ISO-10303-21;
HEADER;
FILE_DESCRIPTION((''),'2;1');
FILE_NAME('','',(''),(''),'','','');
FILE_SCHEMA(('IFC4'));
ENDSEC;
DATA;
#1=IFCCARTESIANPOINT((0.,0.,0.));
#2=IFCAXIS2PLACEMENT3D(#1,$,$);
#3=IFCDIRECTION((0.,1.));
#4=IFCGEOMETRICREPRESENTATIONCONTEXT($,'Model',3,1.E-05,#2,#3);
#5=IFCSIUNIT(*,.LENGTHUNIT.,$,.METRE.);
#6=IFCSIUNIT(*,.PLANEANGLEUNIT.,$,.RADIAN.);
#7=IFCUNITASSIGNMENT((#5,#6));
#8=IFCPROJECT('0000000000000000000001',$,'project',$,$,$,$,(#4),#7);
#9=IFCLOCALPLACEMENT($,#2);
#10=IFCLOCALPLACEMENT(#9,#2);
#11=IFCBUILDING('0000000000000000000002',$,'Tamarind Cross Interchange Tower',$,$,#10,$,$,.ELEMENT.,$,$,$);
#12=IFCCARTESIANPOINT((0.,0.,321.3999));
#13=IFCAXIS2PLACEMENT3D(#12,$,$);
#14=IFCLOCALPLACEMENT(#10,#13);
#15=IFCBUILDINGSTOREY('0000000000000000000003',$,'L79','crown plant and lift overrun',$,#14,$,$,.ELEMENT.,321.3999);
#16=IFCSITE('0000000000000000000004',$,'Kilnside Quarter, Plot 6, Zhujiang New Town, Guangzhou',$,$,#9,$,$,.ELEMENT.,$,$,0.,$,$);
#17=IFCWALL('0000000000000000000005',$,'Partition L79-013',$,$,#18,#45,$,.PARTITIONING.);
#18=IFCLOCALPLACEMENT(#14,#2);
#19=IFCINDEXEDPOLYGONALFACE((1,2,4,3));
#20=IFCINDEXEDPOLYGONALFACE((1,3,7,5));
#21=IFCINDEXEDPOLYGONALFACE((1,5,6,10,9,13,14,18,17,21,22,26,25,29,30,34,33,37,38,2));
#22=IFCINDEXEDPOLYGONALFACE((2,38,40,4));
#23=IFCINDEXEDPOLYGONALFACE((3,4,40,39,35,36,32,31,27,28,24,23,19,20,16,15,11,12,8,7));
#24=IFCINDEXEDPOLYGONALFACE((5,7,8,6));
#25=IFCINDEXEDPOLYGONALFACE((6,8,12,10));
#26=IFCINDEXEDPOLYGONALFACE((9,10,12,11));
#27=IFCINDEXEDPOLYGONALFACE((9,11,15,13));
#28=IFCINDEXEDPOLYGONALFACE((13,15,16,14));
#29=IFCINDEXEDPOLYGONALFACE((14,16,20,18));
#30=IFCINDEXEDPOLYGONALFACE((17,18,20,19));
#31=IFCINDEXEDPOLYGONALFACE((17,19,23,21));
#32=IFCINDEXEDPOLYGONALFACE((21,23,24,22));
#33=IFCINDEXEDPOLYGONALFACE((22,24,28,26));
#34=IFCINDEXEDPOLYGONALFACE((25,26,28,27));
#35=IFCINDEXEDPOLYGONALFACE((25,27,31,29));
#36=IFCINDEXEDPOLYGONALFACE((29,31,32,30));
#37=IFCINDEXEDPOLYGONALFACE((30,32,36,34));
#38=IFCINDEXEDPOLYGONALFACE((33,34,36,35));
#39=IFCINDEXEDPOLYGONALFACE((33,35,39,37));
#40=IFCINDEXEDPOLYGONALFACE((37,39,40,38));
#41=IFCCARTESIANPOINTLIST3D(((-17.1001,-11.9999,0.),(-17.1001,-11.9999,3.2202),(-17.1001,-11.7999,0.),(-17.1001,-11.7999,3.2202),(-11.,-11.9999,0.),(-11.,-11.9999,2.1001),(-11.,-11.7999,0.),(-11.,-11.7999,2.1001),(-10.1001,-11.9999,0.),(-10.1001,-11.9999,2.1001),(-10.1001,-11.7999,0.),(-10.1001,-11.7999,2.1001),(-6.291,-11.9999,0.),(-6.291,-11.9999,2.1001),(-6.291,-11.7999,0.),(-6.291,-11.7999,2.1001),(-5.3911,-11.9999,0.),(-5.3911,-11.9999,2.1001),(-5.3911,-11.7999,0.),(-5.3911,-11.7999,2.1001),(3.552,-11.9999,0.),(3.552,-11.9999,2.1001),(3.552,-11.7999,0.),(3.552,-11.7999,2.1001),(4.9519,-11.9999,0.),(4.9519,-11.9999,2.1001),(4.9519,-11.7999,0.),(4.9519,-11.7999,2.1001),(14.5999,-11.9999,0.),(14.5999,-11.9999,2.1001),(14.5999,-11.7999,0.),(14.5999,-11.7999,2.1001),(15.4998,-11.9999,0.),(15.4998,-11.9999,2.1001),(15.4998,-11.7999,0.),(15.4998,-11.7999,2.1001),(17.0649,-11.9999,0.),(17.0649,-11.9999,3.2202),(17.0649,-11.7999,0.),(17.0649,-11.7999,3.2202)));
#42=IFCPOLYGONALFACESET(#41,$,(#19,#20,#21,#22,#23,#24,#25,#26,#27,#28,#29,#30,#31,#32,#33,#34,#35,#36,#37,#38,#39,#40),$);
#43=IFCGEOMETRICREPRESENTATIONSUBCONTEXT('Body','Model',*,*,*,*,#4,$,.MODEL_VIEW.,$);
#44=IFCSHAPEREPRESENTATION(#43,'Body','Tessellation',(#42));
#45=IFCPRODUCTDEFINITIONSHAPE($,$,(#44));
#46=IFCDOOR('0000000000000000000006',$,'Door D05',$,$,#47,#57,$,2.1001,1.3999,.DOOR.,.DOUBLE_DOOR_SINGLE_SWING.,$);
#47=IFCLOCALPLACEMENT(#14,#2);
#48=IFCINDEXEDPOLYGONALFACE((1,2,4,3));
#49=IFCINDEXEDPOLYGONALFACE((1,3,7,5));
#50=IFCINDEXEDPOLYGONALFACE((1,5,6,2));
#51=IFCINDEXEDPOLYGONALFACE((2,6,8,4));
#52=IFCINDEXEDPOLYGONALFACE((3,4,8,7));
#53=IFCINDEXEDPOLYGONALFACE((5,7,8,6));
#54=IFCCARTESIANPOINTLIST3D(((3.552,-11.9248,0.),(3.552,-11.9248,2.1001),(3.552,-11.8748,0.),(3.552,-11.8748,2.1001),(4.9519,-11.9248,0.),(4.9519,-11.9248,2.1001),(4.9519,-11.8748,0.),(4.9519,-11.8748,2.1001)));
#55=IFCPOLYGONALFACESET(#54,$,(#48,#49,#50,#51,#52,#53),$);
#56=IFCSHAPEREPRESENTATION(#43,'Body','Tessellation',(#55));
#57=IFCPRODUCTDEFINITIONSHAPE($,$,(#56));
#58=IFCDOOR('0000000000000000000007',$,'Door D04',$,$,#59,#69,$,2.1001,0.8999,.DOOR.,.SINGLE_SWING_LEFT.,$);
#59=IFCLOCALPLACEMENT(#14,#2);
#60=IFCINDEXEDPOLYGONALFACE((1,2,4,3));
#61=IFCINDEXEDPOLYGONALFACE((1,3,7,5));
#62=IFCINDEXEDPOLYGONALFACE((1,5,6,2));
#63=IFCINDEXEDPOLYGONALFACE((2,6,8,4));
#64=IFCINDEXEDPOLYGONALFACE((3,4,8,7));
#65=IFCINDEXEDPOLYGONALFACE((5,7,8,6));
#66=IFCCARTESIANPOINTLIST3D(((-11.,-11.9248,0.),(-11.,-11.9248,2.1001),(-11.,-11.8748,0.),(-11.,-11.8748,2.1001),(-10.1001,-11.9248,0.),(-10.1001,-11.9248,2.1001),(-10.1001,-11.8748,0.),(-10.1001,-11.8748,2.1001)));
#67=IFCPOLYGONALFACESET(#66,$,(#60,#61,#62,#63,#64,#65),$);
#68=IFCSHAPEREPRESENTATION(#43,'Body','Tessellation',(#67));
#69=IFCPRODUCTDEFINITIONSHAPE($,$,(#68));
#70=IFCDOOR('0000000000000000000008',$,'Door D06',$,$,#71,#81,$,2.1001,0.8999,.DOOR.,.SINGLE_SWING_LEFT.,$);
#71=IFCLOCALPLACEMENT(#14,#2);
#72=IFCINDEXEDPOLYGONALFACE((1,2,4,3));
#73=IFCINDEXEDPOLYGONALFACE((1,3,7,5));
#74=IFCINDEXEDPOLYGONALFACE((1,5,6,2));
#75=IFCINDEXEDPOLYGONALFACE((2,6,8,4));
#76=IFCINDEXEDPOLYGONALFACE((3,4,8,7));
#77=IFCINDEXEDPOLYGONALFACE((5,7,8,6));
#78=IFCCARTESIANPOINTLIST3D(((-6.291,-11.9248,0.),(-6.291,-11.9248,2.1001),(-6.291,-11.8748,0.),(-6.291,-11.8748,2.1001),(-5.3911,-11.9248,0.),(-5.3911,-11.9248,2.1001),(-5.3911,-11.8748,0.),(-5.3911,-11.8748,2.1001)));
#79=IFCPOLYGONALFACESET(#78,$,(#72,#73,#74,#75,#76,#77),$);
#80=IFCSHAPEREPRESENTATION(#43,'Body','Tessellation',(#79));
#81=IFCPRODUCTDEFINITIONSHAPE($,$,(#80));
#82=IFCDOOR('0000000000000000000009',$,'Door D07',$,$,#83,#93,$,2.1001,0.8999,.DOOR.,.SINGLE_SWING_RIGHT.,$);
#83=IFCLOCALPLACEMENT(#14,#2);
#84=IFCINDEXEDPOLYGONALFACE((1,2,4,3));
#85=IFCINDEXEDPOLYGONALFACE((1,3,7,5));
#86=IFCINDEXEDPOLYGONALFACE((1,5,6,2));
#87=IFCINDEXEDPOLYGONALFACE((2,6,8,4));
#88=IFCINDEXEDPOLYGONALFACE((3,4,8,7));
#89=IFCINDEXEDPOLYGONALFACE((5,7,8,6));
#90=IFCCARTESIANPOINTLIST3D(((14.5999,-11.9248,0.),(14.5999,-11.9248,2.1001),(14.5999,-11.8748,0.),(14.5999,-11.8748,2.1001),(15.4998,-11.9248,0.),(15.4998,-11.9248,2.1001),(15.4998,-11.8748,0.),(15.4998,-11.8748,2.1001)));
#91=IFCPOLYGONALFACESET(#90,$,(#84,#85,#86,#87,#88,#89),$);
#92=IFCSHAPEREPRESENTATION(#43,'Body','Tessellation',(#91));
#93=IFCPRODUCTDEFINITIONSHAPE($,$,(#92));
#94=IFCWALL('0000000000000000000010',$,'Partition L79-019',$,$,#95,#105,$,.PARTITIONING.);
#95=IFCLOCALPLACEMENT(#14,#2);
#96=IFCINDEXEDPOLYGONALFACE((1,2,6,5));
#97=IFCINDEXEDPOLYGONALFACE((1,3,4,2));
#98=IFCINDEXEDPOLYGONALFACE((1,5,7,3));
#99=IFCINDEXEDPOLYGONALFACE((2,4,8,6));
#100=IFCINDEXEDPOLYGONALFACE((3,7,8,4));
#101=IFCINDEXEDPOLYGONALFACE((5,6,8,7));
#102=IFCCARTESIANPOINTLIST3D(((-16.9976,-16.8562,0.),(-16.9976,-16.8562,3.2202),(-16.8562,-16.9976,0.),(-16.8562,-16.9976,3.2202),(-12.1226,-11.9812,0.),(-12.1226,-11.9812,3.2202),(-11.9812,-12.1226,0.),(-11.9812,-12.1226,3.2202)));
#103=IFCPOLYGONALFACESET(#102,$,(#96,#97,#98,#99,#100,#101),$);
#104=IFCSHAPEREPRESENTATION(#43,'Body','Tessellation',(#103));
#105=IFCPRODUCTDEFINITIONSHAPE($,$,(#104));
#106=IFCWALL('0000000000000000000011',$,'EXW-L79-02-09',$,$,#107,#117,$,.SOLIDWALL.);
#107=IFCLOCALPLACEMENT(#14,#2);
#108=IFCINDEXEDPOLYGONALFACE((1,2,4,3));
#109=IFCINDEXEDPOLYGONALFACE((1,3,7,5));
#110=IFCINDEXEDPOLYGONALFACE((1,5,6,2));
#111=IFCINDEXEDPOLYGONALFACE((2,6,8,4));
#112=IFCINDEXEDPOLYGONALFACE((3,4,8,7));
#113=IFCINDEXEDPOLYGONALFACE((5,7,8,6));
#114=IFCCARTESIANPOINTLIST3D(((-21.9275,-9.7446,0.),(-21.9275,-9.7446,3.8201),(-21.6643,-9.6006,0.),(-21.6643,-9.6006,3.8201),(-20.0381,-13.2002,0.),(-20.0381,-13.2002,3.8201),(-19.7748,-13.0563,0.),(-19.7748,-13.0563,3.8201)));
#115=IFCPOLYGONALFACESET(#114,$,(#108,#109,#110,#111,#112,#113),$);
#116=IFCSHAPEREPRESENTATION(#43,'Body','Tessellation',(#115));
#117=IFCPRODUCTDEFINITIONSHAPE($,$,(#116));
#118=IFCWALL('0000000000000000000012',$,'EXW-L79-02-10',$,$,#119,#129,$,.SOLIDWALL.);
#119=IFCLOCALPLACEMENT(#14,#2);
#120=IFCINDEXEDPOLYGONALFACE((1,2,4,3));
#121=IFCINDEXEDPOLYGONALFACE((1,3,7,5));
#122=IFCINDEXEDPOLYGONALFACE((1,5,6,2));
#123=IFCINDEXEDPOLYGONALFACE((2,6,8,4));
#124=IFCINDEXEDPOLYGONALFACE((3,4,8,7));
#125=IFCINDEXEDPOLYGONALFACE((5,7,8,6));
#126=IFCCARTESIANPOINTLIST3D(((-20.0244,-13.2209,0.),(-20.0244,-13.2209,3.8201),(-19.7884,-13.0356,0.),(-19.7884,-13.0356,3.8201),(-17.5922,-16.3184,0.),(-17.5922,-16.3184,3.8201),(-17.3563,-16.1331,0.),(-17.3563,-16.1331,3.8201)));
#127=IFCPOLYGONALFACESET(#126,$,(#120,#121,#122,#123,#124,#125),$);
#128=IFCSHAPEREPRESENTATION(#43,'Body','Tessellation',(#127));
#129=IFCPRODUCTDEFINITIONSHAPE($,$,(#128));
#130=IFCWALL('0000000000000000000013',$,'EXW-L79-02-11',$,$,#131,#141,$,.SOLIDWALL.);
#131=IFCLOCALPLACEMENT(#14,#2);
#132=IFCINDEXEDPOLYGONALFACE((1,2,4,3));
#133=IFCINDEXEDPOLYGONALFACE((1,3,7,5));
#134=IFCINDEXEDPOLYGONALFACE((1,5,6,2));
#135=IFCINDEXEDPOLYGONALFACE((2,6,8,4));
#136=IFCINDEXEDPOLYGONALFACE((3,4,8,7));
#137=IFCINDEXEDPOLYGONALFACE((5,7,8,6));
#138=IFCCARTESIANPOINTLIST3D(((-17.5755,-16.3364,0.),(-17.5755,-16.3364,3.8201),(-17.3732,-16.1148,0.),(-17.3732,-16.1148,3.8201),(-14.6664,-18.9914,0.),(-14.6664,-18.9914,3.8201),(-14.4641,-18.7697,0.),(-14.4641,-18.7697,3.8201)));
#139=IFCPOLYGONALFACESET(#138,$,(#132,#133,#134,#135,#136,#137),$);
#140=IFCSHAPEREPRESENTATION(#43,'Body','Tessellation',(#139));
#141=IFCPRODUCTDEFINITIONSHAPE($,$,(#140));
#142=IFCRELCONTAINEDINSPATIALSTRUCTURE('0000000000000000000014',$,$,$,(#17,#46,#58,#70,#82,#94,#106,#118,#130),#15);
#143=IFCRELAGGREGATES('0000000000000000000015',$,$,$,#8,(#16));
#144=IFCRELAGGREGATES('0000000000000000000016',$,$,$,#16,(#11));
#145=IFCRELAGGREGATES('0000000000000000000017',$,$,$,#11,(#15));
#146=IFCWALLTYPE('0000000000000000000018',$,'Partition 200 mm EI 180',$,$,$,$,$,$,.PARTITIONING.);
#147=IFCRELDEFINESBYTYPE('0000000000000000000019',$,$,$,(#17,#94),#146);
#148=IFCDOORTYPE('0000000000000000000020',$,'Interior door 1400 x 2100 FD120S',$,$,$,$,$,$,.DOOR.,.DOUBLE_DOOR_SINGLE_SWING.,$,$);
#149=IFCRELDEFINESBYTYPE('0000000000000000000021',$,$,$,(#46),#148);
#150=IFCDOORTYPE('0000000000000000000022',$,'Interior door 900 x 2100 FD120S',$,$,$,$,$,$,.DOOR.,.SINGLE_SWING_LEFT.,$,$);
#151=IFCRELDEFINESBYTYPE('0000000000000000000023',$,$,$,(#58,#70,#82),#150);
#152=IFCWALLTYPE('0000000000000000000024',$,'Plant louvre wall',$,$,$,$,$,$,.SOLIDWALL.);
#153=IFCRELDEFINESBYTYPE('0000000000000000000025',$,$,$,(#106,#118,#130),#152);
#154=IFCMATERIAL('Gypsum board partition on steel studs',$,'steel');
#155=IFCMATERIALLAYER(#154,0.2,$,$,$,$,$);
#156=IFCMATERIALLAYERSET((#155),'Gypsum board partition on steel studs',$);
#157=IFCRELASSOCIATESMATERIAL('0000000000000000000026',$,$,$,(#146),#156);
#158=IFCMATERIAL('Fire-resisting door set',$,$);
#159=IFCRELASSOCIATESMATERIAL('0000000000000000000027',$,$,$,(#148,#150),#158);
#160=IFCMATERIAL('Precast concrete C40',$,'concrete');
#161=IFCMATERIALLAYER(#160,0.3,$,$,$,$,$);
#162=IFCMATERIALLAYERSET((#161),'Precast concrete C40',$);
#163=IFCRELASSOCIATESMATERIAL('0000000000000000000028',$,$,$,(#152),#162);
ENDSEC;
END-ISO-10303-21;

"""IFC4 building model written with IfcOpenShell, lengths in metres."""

from ifc_helpers import new_model, si_unit, direction, frame, frame_2d, origin, place, context, subcontext, project, spatial, rectangle, extrude, material, layer, layer_set, type_object, element, fill, save


model = new_model("IFC4")

# Units and contexts
model_context = context("Model", 3, precision=1e-05, world=origin(), true_north=direction((0.0, 1.0)))
body_context = subcontext(model_context, "Body", "Model", "MODEL_VIEW")
ifc_project = project(units=[si_unit("LENGTHUNIT", "METRE"), si_unit("PLANEANGLEUNIT", "RADIAN")], contexts=[model_context])

# Site, building, storey
site_placement = place(None, origin())
site = spatial("IfcSite", under=ifc_project, at=site_placement, Name="Kilnside Quarter, Plot 6, Zhujiang New Town, Guangzhou", CompositionType="ELEMENT", RefElevation=0.0)
building_placement = place(site_placement, origin())
building = spatial("IfcBuilding", under=site, at=building_placement, Name="Tamarind Cross Interchange Tower", CompositionType="ELEMENT")
storey_placement = place(building_placement, frame((0.0, 0.0, 321.3999)))
storey = spatial("IfcBuildingStorey", under=building, at=storey_placement, Name="L79", Description="crown plant and lift overrun", CompositionType="ELEMENT", Elevation=321.3999)

# Shared definitions
ifc_material_1 = material(Name="Gypsum board partition on steel studs", Category="steel")

# Wall, openings, doors
ifc_material_2 = material(Name="Fire-resisting door set")
ifc_layer_1 = layer(ifc_material_1, 0.2)
ifc_layer_set_1 = layer_set([ifc_layer_1], Name="Gypsum board partition on steel studs")
wall_type_1 = type_object("IfcWallType", Name="Partition 200 mm EI 180", PredefinedType="PARTITIONING", material=ifc_layer_set_1)
wall_1_placement = place(storey_placement, frame((-17.1001, -11.8999, 0.0), z_axis=(0.0, 0.0, 1.0), x_axis=(1.0, 0.0, 0.0)))
wall_1 = element("IfcWall", 1, at=wall_1_placement, inside=storey, type_object=wall_type_1, Name="Partition L79-013", PredefinedType="PARTITIONING", context=body_context, shape_type="SweptSolid", body=[
    extrude(rectangle(XDim=34.165, YDim=0.2, at=frame_2d((17.0825, 0.0))), origin(), (0.0, 0.0, 1.0), 3.2202),
])
opening_1_placement = place(wall_1_placement, frame((6.1001, 0.0, 0.0)))
opening_1 = element("IfcOpeningElement", 2, at=opening_1_placement, cuts=wall_1, PredefinedType="OPENING", context=body_context, shape_type="SweptSolid", body=[
    extrude(rectangle(XDim=0.8999, YDim=2.1001, at=frame_2d((0.45, 1.05))), frame((0.0, 0.1099, 0.0), z_axis=(0.0, -1.0, 0.0), x_axis=(1.0, 0.0, 0.0)), (0.0, 0.0, 1.0), 0.22),
])
opening_2_placement = place(wall_1_placement, frame((20.6521, 0.0, 0.0)))
opening_2 = element("IfcOpeningElement", 3, at=opening_2_placement, cuts=wall_1, PredefinedType="OPENING", context=body_context, shape_type="SweptSolid", body=[
    extrude(rectangle(XDim=1.3999, YDim=2.1001, at=frame_2d((0.7, 1.05))), frame((0.0, 0.1099, 0.0), z_axis=(0.0, -1.0, 0.0), x_axis=(1.0, 0.0, 0.0)), (0.0, 0.0, 1.0), 0.22),
])
opening_3_placement = place(wall_1_placement, frame((10.8091, 0.0, 0.0)))
opening_3 = element("IfcOpeningElement", 4, at=opening_3_placement, cuts=wall_1, PredefinedType="OPENING", context=body_context, shape_type="SweptSolid", body=[
    extrude(rectangle(XDim=0.8999, YDim=2.1001, at=frame_2d((0.45, 1.05))), frame((0.0, 0.1099, 0.0), z_axis=(0.0, -1.0, 0.0), x_axis=(1.0, 0.0, 0.0)), (0.0, 0.0, 1.0), 0.22),
])
opening_4_placement = place(wall_1_placement, frame((31.7, 0.0, 0.0)))
opening_4 = element("IfcOpeningElement", 5, at=opening_4_placement, cuts=wall_1, PredefinedType="OPENING", context=body_context, shape_type="SweptSolid", body=[
    extrude(rectangle(XDim=0.8999, YDim=2.1001, at=frame_2d((0.45, 1.05))), frame((0.0, 0.1099, 0.0), z_axis=(0.0, -1.0, 0.0), x_axis=(1.0, 0.0, 0.0)), (0.0, 0.0, 1.0), 0.22),
])
door_type_1 = type_object("IfcDoorType", Name="Interior door 1400 x 2100 FD120S", OperationType="DOUBLE_DOOR_SINGLE_SWING", PredefinedType="DOOR", material=ifc_material_2)
door_1_placement = place(opening_2_placement, frame((1.3999, 0.0, 0.0), z_axis=(0.0, 0.0, 1.0), x_axis=(-1.0, 0.0, 0.0)))
door_1 = element("IfcDoor", 6, at=door_1_placement, inside=storey, type_object=door_type_1, Name="Door D05", OperationType="DOUBLE_DOOR_SINGLE_SWING", OverallHeight=2.1001, OverallWidth=1.3999, PredefinedType="DOOR", context=body_context, shape_type="SweptSolid", body=[
    extrude(rectangle(XDim=1.3999, YDim=2.1001, at=frame_2d((0.7, 1.05))), frame((0.0, 0.0249, 0.0), z_axis=(0.0, -1.0, 0.0), x_axis=(1.0, 0.0, 0.0)), (0.0, 0.0, 1.0), 0.05),
])
fill(opening_2, door_1)
door_type_2 = type_object("IfcDoorType", Name="Interior door 900 x 2100 FD120S", OperationType="SINGLE_SWING_LEFT", PredefinedType="DOOR", material=ifc_material_2)
door_2_placement = place(opening_1_placement, frame((0.8999, 0.0, 0.0), z_axis=(0.0, 0.0, 1.0), x_axis=(-1.0, 0.0, 0.0)))
door_2 = element("IfcDoor", 7, at=door_2_placement, inside=storey, type_object=door_type_2, Name="Door D04", OperationType="SINGLE_SWING_LEFT", OverallHeight=2.1001, OverallWidth=0.8999, PredefinedType="DOOR", context=body_context, shape_type="SweptSolid", body=[
    extrude(rectangle(XDim=0.8999, YDim=2.1001, at=frame_2d((0.45, 1.05))), frame((0.0, 0.0249, 0.0), z_axis=(0.0, -1.0, 0.0), x_axis=(1.0, 0.0, 0.0)), (0.0, 0.0, 1.0), 0.05),
])
fill(opening_1, door_2)
door_3_placement = place(opening_3_placement, frame((0.8999, 0.0, 0.0), z_axis=(0.0, 0.0, 1.0), x_axis=(-1.0, 0.0, 0.0)))
door_3 = element("IfcDoor", 8, at=door_3_placement, inside=storey, type_object=door_type_2, Name="Door D06", OperationType="SINGLE_SWING_LEFT", OverallHeight=2.1001, OverallWidth=0.8999, PredefinedType="DOOR", context=body_context, shape_type="SweptSolid", body=[
    extrude(rectangle(XDim=0.8999, YDim=2.1001, at=frame_2d((0.45, 1.05))), frame((0.0, 0.0249, 0.0), z_axis=(0.0, -1.0, 0.0), x_axis=(1.0, 0.0, 0.0)), (0.0, 0.0, 1.0), 0.05),
])
fill(opening_3, door_3)
door_4_placement = place(opening_4_placement, frame((0.8999, 0.0, 0.0), z_axis=(0.0, 0.0, 1.0), x_axis=(-1.0, 0.0, 0.0)))
door_4 = element("IfcDoor", 9, at=door_4_placement, inside=storey, type_object=door_type_2, Name="Door D07", OperationType="SINGLE_SWING_RIGHT", OverallHeight=2.1001, OverallWidth=0.8999, PredefinedType="DOOR", context=body_context, shape_type="SweptSolid", body=[
    extrude(rectangle(XDim=0.8999, YDim=2.1001, at=frame_2d((0.45, 1.05))), frame((0.0, 0.0249, 0.0), z_axis=(0.0, -1.0, 0.0), x_axis=(1.0, 0.0, 0.0)), (0.0, 0.0, 1.0), 0.05),
])
fill(opening_4, door_4)

# Walls
wall_2_placement = place(storey_placement, frame((-16.927, -16.927, 0.0), z_axis=(0.0, 0.0, 1.0), x_axis=(0.707107, 0.707107, 0.0)))
element("IfcWall", 10, at=wall_2_placement, inside=storey, type_object=wall_type_1, Name="Partition L79-019", PredefinedType="PARTITIONING", context=body_context, shape_type="SweptSolid", body=[
    extrude(rectangle(XDim=6.8943, YDim=0.2, at=frame_2d((3.4473, 0.0))), origin(), (0.0, 0.0, 1.0), 3.2202),
])
ifc_material_3 = material(Name="Precast concrete C40", Category="concrete")
ifc_layer_2 = layer(ifc_material_3, 0.3)
ifc_layer_set_2 = layer_set([ifc_layer_2], Name="Precast concrete C40")
wall_type_2 = type_object("IfcWallType", Name="Plant louvre wall", PredefinedType="SOLIDWALL", material=ifc_layer_set_2)
wall_3_placement = place(storey_placement, frame((-21.7959, -9.6726, 0.0), z_axis=(0.0, 0.0, 1.0), x_axis=(0.479742, -0.877409, 0.0)))
element("IfcWall", 11, at=wall_3_placement, inside=storey, type_object=wall_type_2, Name="EXW-L79-02-09", PredefinedType="SOLIDWALL", context=body_context, shape_type="SweptSolid", body=[
    extrude(rectangle(XDim=3.9385, YDim=0.3, at=frame_2d((1.9692, 0.0))), origin(), (0.0, 0.0, 1.0), 3.8201),
])
wall_4_placement = place(storey_placement, frame((-19.9065, -13.1282, 0.0), z_axis=(0.0, 0.0, 1.0), x_axis=(0.617578, -0.78651, 0.0)))
element("IfcWall", 12, at=wall_4_placement, inside=storey, type_object=wall_type_2, Name="EXW-L79-02-10", PredefinedType="SOLIDWALL", context=body_context, shape_type="SweptSolid", body=[
    extrude(rectangle(XDim=3.9382, YDim=0.3, at=frame_2d((1.9692, 0.0))), origin(), (0.0, 0.0, 1.0), 3.8201),
])
wall_5_placement = place(storey_placement, frame((-17.4744, -16.2256, 0.0), z_axis=(0.0, 0.0, 1.0), x_axis=(0.738634, -0.674106, 0.0)))
element("IfcWall", 13, at=wall_5_placement, inside=storey, type_object=wall_type_2, Name="EXW-L79-02-11", PredefinedType="SOLIDWALL", context=body_context, shape_type="SweptSolid", body=[
    extrude(rectangle(XDim=3.9385, YDim=0.3, at=frame_2d((1.9692, 0.0))), origin(), (0.0, 0.0, 1.0), 3.8201),
])

save(model, "model.ifc")
